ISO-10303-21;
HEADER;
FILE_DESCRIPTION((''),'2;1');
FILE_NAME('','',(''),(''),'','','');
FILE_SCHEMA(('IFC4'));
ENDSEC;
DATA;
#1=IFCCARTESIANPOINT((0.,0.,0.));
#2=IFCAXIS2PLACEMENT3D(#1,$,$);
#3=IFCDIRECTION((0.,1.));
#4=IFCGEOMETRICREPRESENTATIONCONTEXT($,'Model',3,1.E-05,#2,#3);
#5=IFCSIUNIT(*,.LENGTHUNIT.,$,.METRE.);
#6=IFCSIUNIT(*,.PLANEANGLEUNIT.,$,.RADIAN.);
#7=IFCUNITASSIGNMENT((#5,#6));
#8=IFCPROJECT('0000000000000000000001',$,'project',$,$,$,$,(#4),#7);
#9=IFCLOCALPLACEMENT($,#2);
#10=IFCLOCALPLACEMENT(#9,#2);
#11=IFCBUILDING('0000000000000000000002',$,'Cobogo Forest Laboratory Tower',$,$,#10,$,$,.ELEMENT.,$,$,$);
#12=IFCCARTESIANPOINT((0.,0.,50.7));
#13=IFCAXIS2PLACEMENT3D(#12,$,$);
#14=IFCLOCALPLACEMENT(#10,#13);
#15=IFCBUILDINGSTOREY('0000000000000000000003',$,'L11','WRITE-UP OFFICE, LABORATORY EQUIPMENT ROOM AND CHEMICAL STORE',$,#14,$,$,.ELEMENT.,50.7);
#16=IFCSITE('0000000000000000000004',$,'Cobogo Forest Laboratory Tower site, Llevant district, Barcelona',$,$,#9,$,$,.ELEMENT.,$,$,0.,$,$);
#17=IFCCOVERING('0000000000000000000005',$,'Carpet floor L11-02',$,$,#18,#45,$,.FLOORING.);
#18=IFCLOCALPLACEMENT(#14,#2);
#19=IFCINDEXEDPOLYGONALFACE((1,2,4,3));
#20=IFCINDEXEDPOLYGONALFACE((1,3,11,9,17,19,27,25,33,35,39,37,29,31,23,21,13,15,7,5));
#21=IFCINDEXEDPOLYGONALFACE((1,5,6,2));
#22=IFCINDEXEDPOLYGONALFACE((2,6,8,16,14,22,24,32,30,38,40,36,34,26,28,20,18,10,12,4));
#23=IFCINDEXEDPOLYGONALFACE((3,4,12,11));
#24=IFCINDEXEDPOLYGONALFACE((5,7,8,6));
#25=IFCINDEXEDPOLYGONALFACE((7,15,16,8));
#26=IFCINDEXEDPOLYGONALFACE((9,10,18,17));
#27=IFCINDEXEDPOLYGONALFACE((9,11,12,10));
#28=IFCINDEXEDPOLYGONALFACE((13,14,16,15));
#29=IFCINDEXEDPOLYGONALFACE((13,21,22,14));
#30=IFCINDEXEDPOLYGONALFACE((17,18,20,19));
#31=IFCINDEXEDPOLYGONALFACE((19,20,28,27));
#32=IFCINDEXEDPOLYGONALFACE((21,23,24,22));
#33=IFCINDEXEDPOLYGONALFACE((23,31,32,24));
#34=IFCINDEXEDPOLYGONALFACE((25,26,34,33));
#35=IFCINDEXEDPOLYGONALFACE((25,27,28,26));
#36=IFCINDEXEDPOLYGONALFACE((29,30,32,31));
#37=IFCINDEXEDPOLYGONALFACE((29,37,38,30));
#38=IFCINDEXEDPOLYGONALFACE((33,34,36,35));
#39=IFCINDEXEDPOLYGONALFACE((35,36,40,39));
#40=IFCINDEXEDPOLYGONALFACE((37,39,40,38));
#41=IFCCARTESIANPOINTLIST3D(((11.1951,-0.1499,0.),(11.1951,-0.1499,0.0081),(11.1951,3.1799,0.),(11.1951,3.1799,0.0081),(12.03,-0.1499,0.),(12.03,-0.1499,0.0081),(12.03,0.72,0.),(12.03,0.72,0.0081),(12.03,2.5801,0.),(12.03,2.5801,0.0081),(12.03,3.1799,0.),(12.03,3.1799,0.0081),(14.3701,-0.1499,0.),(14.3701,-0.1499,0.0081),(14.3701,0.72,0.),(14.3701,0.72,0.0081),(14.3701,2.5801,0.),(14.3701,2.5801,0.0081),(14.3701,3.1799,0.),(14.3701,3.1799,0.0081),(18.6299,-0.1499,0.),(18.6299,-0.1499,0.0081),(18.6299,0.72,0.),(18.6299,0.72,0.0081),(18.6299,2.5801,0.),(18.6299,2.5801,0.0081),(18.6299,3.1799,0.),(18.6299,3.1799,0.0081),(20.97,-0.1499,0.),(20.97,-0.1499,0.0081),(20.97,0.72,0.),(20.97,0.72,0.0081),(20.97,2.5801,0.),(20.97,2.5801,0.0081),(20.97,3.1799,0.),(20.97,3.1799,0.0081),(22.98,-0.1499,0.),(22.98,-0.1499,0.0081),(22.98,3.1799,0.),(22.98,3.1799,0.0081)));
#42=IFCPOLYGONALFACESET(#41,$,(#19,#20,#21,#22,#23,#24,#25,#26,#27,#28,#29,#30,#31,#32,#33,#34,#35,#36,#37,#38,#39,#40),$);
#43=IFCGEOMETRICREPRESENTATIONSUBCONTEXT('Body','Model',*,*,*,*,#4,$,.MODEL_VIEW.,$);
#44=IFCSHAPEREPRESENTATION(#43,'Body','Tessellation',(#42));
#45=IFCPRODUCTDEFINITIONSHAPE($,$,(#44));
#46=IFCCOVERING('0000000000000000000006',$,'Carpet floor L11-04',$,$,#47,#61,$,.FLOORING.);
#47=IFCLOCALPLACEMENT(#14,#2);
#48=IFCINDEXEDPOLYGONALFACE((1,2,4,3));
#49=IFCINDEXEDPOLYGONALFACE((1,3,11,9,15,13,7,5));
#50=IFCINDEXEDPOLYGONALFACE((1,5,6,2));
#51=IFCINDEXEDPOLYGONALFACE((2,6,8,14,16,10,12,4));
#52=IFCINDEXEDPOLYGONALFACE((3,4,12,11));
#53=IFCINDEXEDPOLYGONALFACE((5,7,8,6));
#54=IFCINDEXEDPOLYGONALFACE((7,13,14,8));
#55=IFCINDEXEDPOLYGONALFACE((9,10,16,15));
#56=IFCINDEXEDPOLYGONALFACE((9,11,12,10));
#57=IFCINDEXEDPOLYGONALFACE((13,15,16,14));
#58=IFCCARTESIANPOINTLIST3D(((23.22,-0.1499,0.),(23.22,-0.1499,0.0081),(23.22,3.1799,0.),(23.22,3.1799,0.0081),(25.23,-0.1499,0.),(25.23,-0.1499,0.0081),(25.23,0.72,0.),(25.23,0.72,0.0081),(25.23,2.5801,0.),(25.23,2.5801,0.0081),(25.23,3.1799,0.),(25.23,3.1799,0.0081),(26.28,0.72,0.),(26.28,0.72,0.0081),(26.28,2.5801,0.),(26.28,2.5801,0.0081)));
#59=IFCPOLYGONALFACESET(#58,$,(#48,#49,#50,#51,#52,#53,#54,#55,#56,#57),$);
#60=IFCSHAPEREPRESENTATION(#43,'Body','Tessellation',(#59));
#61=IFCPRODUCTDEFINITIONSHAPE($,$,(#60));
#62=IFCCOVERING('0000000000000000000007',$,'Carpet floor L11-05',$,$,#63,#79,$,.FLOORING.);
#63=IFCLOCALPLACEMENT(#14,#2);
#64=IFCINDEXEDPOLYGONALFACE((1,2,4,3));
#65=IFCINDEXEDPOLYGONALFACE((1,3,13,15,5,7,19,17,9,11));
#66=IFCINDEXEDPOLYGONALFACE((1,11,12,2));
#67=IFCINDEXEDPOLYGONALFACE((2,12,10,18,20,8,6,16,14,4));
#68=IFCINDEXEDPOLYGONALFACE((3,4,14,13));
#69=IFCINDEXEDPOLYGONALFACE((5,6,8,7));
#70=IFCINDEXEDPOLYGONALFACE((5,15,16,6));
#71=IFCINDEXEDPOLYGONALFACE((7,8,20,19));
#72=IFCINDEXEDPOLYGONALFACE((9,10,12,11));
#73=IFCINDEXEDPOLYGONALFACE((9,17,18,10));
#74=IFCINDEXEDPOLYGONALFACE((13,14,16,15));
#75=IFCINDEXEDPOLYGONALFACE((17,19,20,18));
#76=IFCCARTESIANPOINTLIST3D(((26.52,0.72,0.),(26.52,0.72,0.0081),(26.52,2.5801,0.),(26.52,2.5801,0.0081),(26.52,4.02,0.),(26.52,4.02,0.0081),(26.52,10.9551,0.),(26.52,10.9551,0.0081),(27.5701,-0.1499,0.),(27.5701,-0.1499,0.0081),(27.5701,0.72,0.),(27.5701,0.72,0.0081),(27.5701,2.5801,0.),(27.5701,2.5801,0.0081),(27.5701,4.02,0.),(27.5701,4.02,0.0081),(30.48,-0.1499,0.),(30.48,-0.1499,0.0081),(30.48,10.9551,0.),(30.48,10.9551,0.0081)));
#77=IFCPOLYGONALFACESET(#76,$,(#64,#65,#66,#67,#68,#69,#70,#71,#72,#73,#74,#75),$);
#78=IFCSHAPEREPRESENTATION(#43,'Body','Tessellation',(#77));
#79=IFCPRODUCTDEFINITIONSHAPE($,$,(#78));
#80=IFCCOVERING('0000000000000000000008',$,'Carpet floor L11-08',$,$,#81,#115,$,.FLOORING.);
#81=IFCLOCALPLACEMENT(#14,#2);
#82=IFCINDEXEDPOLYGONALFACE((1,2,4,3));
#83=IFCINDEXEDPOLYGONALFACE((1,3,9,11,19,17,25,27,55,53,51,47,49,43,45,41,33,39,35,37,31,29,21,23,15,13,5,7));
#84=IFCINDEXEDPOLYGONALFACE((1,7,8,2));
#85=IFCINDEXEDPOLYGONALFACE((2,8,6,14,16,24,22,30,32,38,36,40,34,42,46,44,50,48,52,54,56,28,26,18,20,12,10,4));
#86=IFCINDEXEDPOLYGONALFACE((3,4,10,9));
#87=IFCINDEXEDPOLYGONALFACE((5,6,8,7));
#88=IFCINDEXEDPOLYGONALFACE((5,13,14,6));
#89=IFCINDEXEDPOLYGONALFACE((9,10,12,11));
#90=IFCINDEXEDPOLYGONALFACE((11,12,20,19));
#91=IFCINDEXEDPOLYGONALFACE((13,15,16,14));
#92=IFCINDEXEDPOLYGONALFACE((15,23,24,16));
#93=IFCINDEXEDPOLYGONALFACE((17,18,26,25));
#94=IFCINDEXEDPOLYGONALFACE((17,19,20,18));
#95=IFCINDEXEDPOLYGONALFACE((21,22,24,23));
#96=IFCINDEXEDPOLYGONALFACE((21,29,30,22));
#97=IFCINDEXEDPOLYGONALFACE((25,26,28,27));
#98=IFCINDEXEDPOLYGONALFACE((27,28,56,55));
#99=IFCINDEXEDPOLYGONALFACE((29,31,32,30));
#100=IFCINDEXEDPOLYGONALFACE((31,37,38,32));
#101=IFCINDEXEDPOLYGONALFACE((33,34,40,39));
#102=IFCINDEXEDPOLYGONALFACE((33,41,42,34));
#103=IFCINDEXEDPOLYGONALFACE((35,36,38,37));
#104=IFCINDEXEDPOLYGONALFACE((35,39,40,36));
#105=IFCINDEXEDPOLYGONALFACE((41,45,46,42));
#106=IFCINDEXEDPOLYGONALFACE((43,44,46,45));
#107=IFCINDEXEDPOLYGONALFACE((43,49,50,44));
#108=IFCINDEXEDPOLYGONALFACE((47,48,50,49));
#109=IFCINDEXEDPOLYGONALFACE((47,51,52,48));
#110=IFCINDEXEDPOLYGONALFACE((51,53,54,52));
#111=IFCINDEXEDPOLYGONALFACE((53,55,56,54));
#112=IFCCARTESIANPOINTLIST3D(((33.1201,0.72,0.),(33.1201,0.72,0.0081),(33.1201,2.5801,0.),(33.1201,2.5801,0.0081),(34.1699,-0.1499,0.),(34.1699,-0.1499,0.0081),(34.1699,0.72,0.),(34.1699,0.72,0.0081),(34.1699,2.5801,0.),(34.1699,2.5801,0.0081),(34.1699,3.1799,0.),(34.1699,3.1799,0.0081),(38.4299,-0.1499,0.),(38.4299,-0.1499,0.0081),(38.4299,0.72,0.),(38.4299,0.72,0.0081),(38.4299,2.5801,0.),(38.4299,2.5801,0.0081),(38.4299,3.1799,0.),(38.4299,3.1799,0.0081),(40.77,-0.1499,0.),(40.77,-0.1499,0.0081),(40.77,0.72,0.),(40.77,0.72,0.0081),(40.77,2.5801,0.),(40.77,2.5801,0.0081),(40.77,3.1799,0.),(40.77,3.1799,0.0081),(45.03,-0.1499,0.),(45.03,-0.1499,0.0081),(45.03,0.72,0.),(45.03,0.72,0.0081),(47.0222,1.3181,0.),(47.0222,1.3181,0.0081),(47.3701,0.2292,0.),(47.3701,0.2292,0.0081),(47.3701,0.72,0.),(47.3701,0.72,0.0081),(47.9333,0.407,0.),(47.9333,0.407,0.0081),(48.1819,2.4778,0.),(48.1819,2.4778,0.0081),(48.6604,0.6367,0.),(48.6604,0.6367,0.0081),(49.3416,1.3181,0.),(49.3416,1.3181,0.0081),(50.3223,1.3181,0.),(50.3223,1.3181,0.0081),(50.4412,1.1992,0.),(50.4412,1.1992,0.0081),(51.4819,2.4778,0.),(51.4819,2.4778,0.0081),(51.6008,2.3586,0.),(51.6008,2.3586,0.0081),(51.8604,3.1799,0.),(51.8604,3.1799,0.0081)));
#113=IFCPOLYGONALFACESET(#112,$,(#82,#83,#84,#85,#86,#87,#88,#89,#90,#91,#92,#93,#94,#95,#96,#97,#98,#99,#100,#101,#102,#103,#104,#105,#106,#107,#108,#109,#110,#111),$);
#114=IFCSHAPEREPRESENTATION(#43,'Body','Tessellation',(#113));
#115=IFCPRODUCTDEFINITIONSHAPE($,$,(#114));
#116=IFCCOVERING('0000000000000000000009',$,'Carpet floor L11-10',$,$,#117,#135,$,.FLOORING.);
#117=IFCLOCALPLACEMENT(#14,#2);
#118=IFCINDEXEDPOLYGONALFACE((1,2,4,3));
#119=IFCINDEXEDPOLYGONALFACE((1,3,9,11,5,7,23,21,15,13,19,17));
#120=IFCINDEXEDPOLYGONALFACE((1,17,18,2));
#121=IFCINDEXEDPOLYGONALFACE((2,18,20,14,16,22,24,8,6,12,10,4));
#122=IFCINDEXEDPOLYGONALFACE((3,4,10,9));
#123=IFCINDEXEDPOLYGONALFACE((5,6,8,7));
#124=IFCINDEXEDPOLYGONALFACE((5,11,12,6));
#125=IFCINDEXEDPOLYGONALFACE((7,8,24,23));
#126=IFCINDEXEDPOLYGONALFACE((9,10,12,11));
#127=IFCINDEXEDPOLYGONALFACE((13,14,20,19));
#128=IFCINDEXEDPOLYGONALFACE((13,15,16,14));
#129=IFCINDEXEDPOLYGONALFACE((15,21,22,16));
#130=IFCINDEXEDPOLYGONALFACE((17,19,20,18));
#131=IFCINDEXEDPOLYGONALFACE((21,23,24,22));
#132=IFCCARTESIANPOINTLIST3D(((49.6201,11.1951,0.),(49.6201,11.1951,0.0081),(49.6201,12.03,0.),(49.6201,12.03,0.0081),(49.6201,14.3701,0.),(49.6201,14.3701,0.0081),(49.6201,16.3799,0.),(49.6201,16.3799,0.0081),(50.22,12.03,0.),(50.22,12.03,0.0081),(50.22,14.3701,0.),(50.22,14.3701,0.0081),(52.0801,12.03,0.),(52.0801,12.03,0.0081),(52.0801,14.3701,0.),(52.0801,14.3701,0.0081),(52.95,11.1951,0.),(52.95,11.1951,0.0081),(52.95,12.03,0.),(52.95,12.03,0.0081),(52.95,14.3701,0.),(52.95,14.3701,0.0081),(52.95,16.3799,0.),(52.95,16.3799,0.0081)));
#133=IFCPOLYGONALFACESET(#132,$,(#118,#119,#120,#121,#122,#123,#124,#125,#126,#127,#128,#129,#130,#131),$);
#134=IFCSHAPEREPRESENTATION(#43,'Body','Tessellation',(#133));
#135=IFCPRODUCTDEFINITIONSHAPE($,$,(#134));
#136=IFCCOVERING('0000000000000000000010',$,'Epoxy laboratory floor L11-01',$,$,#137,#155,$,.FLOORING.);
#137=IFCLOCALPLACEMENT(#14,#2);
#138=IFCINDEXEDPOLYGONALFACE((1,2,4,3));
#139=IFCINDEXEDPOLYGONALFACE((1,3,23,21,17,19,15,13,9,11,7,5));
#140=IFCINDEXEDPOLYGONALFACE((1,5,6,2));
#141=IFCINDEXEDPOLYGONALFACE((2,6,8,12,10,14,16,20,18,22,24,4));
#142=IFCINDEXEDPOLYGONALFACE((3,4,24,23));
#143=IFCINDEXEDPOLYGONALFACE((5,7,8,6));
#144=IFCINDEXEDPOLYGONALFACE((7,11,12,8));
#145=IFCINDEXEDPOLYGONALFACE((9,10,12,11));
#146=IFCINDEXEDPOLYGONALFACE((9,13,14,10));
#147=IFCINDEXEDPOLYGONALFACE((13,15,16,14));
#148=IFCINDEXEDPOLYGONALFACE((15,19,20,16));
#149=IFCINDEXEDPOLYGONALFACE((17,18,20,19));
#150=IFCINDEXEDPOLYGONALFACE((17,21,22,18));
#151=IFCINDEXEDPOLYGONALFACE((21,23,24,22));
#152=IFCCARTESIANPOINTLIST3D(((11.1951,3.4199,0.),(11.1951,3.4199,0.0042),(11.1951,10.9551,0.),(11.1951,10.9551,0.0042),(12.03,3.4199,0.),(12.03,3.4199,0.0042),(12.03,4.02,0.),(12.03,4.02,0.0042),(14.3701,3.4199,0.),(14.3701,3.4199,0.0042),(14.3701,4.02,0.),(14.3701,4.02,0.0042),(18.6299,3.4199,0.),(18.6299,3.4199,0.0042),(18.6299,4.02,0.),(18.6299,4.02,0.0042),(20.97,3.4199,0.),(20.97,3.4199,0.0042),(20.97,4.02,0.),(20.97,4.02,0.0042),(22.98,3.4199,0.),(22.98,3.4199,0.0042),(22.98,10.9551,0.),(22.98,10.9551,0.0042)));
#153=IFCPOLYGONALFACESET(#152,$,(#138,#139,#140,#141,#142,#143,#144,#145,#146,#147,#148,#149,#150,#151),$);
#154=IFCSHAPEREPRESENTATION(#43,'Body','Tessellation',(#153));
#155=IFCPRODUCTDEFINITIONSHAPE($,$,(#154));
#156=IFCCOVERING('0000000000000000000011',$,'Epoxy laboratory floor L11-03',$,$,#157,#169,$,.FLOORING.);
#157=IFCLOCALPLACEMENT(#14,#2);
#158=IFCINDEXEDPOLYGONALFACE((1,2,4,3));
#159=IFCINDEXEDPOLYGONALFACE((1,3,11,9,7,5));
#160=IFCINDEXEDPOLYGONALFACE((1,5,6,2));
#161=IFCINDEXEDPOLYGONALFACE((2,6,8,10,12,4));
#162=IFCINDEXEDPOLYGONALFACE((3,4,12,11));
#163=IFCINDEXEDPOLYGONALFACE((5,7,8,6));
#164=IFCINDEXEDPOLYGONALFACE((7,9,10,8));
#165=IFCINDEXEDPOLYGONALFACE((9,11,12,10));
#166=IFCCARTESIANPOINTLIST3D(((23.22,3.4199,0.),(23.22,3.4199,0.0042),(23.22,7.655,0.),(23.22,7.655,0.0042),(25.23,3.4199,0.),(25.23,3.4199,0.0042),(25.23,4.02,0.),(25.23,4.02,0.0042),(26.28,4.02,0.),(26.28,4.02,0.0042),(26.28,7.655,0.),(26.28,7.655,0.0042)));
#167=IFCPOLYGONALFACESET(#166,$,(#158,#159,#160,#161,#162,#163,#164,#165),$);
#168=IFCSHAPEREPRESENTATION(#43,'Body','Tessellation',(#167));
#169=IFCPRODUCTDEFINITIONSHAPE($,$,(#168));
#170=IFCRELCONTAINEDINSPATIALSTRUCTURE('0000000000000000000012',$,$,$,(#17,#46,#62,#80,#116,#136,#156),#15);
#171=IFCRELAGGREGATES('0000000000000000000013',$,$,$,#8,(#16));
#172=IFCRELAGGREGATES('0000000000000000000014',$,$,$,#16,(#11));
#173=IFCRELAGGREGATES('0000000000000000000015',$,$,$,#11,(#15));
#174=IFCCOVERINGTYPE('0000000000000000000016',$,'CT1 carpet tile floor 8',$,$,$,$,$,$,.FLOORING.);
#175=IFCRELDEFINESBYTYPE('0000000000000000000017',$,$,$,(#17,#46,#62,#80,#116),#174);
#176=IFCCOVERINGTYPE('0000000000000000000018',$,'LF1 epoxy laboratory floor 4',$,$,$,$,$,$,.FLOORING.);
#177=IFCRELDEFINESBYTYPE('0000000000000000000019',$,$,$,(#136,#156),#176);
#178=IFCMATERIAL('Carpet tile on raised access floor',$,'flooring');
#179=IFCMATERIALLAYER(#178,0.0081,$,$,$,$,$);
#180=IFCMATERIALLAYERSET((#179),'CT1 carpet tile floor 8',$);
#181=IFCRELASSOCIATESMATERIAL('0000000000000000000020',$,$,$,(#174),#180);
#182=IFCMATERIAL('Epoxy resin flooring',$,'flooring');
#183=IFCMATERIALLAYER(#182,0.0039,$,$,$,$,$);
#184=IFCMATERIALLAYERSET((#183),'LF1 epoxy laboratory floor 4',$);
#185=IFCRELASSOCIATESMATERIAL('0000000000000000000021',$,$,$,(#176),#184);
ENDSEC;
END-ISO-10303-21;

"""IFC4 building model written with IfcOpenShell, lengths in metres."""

from ifc_helpers import new_model, si_unit, direction, frame, origin, place, context, subcontext, project, spatial, polyline, outline, extrude, material, layer, layer_set, type_object, element, save


model = new_model("IFC4")

# Units and contexts
model_context = context("Model", 3, precision=1e-05, world=origin(), true_north=direction((0.0, 1.0)))
body_context = subcontext(model_context, "Body", "Model", "MODEL_VIEW")
ifc_project = project(units=[si_unit("LENGTHUNIT", "METRE"), si_unit("PLANEANGLEUNIT", "RADIAN")], contexts=[model_context])

# Site, building, storey
site_placement = place(None, origin())
site = spatial("IfcSite", under=ifc_project, at=site_placement, Name="Cobogo Forest Laboratory Tower site, Llevant district, Barcelona", CompositionType="ELEMENT", RefElevation=0.0)
building_placement = place(site_placement, origin())
building = spatial("IfcBuilding", under=site, at=building_placement, Name="Cobogo Forest Laboratory Tower", CompositionType="ELEMENT")
storey_placement = place(building_placement, frame((0.0, 0.0, 50.7)))
storey = spatial("IfcBuildingStorey", under=building, at=storey_placement, Name="L11", Description="WRITE-UP OFFICE, LABORATORY EQUIPMENT ROOM AND CHEMICAL STORE", CompositionType="ELEMENT", Elevation=50.7)

# Coverings
ifc_material_1 = material(Name="Carpet tile on raised access floor", Category="flooring")
ifc_layer_1 = layer(ifc_material_1, 0.0081)
ifc_layer_set_1 = layer_set([ifc_layer_1], Name="CT1 carpet tile floor 8")
covering_type_1 = type_object("IfcCoveringType", Name="CT1 carpet tile floor 8", PredefinedType="FLOORING", material=ifc_layer_set_1)
covering_1_placement = place(storey_placement, origin())
element("IfcCovering", 1, at=covering_1_placement, inside=storey, type_object=covering_type_1, Name="Carpet floor L11-02", PredefinedType="FLOORING", context=body_context, shape_type="SweptSolid", body=[
    extrude(outline(polyline([(12.03, 3.1799), (12.03, 2.5801), (14.3701, 2.5801), (14.3701, 3.1799), (18.6299, 3.1799), (18.6299, 2.5801), (20.97, 2.5801), (20.97, 3.1799), (22.98, 3.1799), (22.98, -0.1499), (20.97, -0.1499), (20.97, 0.72), (18.6299, 0.72), (18.6299, -0.1499), (14.3701, -0.1499), (14.3701, 0.72), (12.03, 0.72), (12.03, -0.1499), (11.1951, -0.1499), (11.1951, 3.1799), (12.03, 3.1799)])), origin(), (0.0, 0.0, 1.0), 0.0081),
])
covering_2_placement = place(storey_placement, origin())
element("IfcCovering", 2, at=covering_2_placement, inside=storey, type_object=covering_type_1, Name="Carpet floor L11-04", PredefinedType="FLOORING", context=body_context, shape_type="SweptSolid", body=[
    extrude(outline(polyline([(25.23, 3.1799), (25.23, 2.5801), (26.28, 2.5801), (26.28, 0.72), (25.23, 0.72), (25.23, -0.1499), (23.22, -0.1499), (23.22, 3.1799), (25.23, 3.1799)])), origin(), (0.0, 0.0, 1.0), 0.0081),
])
covering_3_placement = place(storey_placement, origin())
element("IfcCovering", 3, at=covering_3_placement, inside=storey, type_object=covering_type_1, Name="Carpet floor L11-05", PredefinedType="FLOORING", context=body_context, shape_type="SweptSolid", body=[
    extrude(outline(polyline([(30.48, 10.9551), (30.48, -0.1499), (27.5701, -0.1499), (27.5701, 0.72), (26.52, 0.72), (26.52, 2.5801), (27.5701, 2.5801), (27.5701, 4.02), (26.52, 4.02), (26.52, 10.9551), (30.48, 10.9551)])), origin(), (0.0, 0.0, 1.0), 0.0081),
])
covering_4_placement = place(storey_placement, origin())
element("IfcCovering", 4, at=covering_4_placement, inside=storey, type_object=covering_type_1, Name="Carpet floor L11-08", PredefinedType="FLOORING", context=body_context, shape_type="SweptSolid", body=[
    extrude(outline(polyline([(38.4299, 3.1799), (38.4299, 2.5801), (40.77, 2.5801), (40.77, 3.1799), (51.8604, 3.1799), (51.6008, 2.3586), (51.4819, 2.4778), (50.3223, 1.3181), (50.4412, 1.1992), (48.6604, 0.6367), (49.3416, 1.3181), (48.1819, 2.4778), (47.0222, 1.3181), (47.9333, 0.407), (47.3701, 0.2292), (47.3701, 0.72), (45.03, 0.72), (45.03, -0.1499), (40.77, -0.1499), (40.77, 0.72), (38.4299, 0.72), (38.4299, -0.1499), (34.1699, -0.1499), (34.1699, 0.72), (33.1201, 0.72), (33.1201, 2.5801), (34.1699, 2.5801), (34.1699, 3.1799), (38.4299, 3.1799)])), origin(), (0.0, 0.0, 1.0), 0.0081),
])
covering_5_placement = place(storey_placement, origin())
element("IfcCovering", 5, at=covering_5_placement, inside=storey, type_object=covering_type_1, Name="Carpet floor L11-10", PredefinedType="FLOORING", context=body_context, shape_type="SweptSolid", body=[
    extrude(outline(polyline([(49.6201, 12.03), (50.22, 12.03), (50.22, 14.3701), (49.6201, 14.3701), (49.6201, 16.3799), (52.95, 16.3799), (52.95, 14.3701), (52.0801, 14.3701), (52.0801, 12.03), (52.95, 12.03), (52.95, 11.1951), (49.6201, 11.1951), (49.6201, 12.03)])), origin(), (0.0, 0.0, 1.0), 0.0081),
])
ifc_material_2 = material(Name="Epoxy resin flooring", Category="flooring")
ifc_layer_2 = layer(ifc_material_2, 0.0039)
ifc_layer_set_2 = layer_set([ifc_layer_2], Name="LF1 epoxy laboratory floor 4")
covering_type_2 = type_object("IfcCoveringType", Name="LF1 epoxy laboratory floor 4", PredefinedType="FLOORING", material=ifc_layer_set_2)
covering_6_placement = place(storey_placement, origin())
element("IfcCovering", 6, at=covering_6_placement, inside=storey, type_object=covering_type_2, Name="Epoxy laboratory floor L11-01", PredefinedType="FLOORING", context=body_context, shape_type="SweptSolid", body=[
    extrude(outline(polyline([(11.1951, 10.9551), (22.98, 10.9551), (22.98, 3.4199), (20.97, 3.4199), (20.97, 4.02), (18.6299, 4.02), (18.6299, 3.4199), (14.3701, 3.4199), (14.3701, 4.02), (12.03, 4.02), (12.03, 3.4199), (11.1951, 3.4199), (11.1951, 10.9551)])), origin(), (0.0, 0.0, 1.0), 0.0042),
])
covering_7_placement = place(storey_placement, origin())
element("IfcCovering", 7, at=covering_7_placement, inside=storey, type_object=covering_type_2, Name="Epoxy laboratory floor L11-03", PredefinedType="FLOORING", context=body_context, shape_type="SweptSolid", body=[
    extrude(outline(polyline([(23.22, 7.655), (26.28, 7.655), (26.28, 4.02), (25.23, 4.02), (25.23, 3.4199), (23.22, 3.4199), (23.22, 7.655)])), origin(), (0.0, 0.0, 1.0), 0.0042),
])

save(model, "model.ifc")
